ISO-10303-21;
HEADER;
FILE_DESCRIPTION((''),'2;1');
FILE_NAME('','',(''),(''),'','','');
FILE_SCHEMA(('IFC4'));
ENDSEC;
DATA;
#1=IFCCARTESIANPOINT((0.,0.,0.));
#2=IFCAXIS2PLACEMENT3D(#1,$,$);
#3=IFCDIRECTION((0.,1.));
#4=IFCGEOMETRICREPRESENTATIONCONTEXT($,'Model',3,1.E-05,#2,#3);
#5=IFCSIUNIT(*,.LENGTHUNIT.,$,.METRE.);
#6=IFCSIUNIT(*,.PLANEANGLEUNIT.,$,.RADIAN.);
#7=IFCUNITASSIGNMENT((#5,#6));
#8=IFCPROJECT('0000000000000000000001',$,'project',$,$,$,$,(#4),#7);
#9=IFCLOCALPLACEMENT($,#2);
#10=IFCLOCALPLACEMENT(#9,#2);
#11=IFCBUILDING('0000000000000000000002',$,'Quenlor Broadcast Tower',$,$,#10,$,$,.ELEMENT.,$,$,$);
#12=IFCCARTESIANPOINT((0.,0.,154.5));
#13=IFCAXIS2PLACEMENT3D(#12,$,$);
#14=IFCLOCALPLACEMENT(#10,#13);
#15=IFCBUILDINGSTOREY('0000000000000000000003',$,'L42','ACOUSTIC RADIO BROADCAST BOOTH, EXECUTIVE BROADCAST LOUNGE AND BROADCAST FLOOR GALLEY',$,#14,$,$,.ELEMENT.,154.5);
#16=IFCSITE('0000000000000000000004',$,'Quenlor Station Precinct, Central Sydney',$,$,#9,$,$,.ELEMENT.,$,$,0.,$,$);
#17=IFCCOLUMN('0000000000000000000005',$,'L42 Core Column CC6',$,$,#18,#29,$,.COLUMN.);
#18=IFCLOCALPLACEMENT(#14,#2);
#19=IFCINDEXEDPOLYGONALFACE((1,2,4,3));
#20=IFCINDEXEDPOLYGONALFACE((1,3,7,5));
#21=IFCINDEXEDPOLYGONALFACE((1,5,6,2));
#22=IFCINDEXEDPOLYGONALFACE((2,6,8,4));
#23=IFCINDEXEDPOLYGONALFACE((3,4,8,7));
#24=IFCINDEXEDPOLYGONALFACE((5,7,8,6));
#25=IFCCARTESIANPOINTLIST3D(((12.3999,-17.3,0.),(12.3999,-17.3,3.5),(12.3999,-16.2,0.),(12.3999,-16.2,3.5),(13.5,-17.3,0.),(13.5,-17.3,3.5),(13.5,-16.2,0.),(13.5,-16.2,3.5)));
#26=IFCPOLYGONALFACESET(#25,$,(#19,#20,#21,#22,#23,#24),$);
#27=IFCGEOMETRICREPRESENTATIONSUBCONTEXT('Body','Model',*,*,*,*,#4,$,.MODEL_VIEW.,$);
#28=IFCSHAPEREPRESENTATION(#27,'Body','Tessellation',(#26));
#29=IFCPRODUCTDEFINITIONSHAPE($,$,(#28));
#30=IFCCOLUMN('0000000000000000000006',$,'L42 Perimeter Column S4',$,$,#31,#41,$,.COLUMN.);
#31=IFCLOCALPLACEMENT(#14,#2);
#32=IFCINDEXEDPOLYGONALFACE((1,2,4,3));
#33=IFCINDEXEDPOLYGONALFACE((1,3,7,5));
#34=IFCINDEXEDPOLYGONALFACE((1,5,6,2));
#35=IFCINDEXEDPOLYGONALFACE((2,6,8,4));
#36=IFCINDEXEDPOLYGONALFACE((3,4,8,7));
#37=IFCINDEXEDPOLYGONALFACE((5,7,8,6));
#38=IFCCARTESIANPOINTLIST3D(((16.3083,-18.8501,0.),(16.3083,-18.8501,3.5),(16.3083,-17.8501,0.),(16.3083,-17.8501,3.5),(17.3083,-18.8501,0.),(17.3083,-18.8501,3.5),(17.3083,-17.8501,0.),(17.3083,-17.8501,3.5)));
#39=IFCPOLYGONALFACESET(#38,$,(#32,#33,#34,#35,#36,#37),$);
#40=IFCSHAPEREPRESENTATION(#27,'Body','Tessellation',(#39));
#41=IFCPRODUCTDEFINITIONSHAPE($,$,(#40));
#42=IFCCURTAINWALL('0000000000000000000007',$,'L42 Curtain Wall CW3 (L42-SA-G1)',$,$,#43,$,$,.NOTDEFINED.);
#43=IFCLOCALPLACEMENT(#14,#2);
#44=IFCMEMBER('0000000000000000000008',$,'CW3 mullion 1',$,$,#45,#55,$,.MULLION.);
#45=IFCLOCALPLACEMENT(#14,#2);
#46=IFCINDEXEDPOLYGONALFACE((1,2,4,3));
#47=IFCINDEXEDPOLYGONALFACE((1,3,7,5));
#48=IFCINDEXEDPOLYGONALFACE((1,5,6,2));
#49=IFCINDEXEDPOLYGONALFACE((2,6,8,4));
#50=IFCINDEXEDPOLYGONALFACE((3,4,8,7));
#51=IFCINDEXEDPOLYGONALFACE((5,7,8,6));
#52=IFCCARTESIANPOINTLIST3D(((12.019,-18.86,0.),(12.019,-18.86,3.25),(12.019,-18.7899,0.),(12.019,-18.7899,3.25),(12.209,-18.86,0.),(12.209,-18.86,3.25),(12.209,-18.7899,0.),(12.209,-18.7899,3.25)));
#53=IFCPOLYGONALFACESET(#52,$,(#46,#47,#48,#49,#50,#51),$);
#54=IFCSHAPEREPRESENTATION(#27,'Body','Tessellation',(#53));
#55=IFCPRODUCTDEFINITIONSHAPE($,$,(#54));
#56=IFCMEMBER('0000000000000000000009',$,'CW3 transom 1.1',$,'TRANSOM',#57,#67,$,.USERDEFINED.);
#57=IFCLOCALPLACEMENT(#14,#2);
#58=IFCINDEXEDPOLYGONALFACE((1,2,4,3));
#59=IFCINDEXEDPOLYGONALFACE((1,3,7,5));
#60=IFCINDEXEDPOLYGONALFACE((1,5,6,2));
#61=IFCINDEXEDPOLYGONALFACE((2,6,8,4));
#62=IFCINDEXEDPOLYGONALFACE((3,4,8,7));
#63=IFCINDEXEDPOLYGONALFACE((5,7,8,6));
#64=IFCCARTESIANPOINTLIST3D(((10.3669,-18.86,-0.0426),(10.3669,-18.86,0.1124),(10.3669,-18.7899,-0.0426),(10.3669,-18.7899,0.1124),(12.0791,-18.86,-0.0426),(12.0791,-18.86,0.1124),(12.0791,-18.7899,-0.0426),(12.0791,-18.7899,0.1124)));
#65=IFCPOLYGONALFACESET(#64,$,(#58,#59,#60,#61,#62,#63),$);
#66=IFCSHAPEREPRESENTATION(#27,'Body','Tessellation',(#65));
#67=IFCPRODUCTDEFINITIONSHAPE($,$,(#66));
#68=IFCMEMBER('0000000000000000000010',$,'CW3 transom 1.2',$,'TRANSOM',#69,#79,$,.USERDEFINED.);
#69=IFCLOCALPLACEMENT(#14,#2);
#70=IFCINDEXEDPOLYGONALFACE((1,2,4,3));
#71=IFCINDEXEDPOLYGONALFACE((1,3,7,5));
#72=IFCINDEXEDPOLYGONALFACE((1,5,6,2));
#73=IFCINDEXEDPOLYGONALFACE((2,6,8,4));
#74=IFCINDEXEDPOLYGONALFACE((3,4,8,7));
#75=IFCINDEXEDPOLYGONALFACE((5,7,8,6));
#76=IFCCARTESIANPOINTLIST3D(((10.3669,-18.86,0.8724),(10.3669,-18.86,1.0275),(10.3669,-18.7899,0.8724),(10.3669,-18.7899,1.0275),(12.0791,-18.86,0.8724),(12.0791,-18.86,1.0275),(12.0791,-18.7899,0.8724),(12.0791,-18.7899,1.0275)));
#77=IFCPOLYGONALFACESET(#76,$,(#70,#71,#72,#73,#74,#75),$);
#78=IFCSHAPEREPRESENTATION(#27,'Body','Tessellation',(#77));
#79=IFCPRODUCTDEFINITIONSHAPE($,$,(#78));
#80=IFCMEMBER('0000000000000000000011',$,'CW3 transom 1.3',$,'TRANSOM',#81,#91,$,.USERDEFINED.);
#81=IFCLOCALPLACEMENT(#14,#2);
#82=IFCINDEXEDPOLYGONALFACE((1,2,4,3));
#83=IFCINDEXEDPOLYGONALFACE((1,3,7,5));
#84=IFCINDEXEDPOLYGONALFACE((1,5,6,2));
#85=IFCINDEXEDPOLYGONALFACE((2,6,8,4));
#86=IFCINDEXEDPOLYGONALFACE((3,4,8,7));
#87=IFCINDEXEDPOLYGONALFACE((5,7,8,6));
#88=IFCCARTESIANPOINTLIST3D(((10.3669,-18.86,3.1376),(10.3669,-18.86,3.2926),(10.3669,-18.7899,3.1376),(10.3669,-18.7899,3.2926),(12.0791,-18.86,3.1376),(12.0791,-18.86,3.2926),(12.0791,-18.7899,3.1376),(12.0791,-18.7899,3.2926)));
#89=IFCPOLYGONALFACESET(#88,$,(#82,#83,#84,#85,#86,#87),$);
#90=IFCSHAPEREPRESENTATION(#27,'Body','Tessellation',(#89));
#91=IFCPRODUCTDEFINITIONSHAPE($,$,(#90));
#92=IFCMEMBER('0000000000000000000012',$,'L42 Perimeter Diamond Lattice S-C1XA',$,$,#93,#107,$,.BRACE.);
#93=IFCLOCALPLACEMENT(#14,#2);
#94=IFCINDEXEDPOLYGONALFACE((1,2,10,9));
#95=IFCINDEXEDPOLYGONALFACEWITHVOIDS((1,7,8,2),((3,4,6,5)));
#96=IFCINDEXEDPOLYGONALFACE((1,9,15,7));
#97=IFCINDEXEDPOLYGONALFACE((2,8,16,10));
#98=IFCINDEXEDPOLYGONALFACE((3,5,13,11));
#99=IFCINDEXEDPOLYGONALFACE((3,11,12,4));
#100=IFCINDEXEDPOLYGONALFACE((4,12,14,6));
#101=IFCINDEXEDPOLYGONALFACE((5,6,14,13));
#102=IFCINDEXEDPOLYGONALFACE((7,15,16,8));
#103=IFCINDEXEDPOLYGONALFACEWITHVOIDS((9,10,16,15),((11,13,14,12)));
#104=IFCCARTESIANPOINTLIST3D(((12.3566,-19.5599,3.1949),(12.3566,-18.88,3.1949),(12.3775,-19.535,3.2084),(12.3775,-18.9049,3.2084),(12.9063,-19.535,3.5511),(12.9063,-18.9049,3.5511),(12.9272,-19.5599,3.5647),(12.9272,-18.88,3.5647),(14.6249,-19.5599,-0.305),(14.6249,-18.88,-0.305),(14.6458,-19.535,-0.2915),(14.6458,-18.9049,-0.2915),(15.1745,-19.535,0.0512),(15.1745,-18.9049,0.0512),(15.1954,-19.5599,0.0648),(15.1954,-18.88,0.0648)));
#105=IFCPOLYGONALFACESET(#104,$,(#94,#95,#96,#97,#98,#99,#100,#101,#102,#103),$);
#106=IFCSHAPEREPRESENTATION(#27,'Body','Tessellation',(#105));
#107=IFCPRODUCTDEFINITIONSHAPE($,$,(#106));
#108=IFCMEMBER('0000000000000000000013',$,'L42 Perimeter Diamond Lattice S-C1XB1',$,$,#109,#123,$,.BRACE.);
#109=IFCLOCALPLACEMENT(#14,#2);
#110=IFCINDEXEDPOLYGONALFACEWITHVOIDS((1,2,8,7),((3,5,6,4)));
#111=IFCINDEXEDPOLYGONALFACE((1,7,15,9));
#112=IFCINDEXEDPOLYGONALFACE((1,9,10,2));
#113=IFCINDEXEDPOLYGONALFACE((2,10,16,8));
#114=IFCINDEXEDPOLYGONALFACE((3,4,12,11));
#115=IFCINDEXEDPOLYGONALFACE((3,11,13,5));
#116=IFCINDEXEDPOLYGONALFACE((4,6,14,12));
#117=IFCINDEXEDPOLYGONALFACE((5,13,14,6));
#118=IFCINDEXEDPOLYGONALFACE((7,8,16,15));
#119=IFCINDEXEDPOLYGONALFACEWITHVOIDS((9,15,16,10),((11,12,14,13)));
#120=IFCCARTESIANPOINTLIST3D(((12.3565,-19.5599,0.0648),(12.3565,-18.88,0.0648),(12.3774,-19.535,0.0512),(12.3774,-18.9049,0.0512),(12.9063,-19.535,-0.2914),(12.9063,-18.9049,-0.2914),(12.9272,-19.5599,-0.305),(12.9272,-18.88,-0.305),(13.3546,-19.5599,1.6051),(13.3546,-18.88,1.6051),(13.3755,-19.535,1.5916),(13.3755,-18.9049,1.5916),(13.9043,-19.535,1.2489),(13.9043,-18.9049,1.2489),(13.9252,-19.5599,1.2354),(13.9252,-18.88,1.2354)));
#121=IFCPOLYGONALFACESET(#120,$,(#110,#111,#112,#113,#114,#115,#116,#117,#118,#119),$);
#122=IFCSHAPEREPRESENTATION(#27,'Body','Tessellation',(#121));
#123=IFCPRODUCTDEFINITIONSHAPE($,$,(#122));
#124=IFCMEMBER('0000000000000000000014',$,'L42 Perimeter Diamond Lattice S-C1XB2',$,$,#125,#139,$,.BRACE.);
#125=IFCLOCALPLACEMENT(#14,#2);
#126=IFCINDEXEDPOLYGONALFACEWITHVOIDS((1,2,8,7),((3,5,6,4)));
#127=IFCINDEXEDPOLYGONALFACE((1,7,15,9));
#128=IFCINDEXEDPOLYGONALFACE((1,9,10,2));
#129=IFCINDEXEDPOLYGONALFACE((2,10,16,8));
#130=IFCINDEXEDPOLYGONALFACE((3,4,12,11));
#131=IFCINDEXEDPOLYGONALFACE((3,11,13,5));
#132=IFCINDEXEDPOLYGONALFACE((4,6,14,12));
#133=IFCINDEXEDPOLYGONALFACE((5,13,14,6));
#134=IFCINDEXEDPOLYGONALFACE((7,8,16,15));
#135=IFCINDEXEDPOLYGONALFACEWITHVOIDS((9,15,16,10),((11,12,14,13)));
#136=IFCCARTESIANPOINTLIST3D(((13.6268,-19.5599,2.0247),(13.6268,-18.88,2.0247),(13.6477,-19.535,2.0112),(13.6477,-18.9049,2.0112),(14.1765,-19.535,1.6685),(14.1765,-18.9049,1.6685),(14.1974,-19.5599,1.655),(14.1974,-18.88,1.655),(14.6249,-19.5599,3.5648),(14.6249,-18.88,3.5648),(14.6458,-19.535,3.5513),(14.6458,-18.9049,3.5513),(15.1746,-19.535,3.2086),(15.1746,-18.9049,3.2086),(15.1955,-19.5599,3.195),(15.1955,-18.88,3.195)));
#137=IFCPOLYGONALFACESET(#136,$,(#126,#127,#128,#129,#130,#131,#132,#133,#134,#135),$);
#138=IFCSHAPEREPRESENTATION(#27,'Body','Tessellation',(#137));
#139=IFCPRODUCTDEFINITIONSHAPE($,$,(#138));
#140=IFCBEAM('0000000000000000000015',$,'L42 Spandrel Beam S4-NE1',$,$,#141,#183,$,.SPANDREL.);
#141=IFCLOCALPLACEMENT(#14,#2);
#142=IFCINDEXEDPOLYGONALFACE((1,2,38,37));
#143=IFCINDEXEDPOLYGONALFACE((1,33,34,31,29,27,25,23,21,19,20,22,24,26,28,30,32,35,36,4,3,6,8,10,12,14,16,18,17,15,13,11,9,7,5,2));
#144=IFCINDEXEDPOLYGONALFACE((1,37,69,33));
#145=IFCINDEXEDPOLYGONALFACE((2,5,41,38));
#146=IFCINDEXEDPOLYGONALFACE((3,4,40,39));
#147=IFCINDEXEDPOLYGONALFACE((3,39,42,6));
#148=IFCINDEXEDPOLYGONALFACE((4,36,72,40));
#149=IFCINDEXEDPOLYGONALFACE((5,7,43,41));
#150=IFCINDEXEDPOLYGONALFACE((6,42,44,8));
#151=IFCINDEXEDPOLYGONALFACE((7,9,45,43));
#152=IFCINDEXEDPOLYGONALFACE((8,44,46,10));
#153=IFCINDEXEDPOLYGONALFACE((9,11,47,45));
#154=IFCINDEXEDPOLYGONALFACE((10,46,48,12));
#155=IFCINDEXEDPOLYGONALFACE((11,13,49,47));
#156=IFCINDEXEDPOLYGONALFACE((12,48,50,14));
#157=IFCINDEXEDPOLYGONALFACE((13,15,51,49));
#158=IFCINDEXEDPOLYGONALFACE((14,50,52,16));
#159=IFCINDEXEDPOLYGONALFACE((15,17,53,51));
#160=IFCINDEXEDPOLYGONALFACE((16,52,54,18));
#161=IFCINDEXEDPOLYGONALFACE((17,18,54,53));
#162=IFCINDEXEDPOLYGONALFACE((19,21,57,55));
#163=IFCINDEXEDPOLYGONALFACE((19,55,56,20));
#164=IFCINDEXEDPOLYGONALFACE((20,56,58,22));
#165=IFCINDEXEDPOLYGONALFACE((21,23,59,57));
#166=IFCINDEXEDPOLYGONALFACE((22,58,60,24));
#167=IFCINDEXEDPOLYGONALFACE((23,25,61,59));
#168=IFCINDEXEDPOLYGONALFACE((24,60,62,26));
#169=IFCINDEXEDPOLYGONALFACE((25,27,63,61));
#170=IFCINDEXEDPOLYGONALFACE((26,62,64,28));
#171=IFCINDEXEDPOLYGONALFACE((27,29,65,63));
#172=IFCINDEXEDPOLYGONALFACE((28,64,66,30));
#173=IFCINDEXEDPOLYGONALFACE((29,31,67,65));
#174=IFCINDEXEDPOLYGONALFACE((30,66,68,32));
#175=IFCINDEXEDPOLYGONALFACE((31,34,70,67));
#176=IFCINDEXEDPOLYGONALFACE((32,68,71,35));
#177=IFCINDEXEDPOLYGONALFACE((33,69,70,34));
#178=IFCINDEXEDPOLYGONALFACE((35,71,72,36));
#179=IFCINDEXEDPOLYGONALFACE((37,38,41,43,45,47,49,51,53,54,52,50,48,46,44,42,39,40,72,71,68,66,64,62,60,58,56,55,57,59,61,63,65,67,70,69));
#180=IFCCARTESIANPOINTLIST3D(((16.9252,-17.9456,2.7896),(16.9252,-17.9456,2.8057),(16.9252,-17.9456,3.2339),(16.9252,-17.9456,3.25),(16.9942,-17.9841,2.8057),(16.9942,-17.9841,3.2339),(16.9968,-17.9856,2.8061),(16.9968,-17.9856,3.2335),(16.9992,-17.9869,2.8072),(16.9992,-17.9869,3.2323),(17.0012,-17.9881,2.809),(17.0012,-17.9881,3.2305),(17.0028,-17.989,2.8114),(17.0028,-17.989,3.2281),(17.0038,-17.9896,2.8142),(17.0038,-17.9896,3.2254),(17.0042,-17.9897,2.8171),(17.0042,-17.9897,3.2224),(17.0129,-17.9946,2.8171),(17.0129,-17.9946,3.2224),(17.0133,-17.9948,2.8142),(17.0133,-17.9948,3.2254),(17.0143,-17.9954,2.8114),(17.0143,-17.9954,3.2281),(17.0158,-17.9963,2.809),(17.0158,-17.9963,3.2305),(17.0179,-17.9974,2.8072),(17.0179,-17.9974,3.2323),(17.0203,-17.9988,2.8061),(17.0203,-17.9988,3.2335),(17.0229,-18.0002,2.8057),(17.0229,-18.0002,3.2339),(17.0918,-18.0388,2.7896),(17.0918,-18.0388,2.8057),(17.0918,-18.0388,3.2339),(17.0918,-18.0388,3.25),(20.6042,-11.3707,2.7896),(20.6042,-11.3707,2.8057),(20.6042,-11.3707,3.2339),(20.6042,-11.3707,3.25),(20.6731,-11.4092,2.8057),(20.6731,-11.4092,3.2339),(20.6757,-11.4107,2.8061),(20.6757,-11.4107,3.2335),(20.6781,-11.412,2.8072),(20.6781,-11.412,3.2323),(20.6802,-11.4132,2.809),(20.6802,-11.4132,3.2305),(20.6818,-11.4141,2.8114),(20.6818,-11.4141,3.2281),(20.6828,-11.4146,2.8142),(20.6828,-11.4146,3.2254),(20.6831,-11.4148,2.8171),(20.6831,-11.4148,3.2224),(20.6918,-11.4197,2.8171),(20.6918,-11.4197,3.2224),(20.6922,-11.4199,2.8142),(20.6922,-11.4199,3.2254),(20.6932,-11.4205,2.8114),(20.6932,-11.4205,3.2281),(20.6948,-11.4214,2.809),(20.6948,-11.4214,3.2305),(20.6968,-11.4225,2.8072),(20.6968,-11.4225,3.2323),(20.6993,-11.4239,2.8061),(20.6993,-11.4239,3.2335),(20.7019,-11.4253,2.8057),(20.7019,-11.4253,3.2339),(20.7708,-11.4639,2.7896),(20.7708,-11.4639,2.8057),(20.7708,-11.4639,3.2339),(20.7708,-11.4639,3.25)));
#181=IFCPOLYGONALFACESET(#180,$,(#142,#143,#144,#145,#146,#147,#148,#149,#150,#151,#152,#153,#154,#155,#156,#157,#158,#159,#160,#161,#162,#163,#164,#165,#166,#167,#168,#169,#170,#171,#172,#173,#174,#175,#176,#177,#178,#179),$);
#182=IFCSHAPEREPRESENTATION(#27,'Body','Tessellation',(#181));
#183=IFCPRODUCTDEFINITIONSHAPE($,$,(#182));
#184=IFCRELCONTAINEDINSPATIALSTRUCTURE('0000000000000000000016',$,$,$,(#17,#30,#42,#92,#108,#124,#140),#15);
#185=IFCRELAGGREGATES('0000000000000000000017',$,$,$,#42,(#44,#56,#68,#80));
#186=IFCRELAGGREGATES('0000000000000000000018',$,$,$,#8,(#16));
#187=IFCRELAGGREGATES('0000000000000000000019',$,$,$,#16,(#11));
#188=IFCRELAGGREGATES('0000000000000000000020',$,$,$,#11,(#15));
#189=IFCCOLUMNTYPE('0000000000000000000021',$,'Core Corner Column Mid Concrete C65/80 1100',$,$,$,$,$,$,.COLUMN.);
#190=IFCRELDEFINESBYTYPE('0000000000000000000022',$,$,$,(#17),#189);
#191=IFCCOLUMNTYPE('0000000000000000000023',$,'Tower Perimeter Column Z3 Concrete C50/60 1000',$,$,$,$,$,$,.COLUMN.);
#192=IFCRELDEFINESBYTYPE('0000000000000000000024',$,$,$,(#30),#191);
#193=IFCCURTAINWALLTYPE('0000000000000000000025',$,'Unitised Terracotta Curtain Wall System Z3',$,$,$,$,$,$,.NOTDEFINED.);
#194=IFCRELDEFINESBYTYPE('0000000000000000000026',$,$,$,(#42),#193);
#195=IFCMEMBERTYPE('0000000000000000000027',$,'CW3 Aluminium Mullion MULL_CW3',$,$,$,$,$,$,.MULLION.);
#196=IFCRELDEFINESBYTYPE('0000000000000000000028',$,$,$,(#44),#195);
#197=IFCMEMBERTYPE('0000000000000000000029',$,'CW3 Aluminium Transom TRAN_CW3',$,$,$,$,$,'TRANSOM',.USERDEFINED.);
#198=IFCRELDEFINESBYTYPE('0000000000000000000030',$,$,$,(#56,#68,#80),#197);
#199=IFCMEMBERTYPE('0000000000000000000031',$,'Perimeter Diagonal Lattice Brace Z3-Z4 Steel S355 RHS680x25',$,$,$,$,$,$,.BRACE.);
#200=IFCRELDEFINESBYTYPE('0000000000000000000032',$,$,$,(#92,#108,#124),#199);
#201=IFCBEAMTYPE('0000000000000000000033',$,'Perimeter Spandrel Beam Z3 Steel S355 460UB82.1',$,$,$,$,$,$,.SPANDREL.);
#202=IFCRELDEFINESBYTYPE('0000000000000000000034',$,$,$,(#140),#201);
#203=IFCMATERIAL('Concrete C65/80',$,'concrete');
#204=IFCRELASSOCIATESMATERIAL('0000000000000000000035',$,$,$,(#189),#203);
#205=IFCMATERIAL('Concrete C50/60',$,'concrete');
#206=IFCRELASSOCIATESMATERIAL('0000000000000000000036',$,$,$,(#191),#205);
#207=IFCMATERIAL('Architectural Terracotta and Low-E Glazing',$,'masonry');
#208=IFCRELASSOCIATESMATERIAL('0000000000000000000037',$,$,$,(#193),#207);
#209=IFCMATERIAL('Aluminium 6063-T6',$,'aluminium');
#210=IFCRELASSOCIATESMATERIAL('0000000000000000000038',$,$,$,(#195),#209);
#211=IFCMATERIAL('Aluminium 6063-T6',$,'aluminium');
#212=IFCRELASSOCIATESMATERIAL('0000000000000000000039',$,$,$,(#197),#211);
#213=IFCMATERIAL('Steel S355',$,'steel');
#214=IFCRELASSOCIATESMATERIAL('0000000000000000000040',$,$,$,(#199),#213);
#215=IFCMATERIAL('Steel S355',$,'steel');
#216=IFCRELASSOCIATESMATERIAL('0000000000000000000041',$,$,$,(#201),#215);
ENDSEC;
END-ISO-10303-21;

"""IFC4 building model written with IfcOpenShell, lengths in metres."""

from ifc_helpers import new_model, si_unit, direction, frame, origin, origin_2d, place, context, subcontext, project, spatial, rectangle, hollow_rectangle, i_section, extrude, material, material_profile, profile_set, type_object, element, aggregate, save


model = new_model("IFC4")

# Units and contexts
model_context = context("Model", 3, precision=1e-05, world=origin(), true_north=direction((0.0, 1.0)))
body_context = subcontext(model_context, "Body", "Model", "MODEL_VIEW")
ifc_project = project(units=[si_unit("LENGTHUNIT", "METRE"), si_unit("PLANEANGLEUNIT", "RADIAN")], contexts=[model_context])

# Site, building, storey
site_placement = place(None, origin())
site = spatial("IfcSite", under=ifc_project, at=site_placement, Name="Quenlor Station Precinct, Central Sydney", CompositionType="ELEMENT", RefElevation=0.0)
building_placement = place(site_placement, origin())
building = spatial("IfcBuilding", under=site, at=building_placement, Name="Quenlor Broadcast Tower", CompositionType="ELEMENT")
storey_placement = place(building_placement, frame((0.0, 0.0, 154.5)))
storey = spatial("IfcBuildingStorey", under=building, at=storey_placement, Name="L42", Description="ACOUSTIC RADIO BROADCAST BOOTH, EXECUTIVE BROADCAST LOUNGE AND BROADCAST FLOOR GALLEY", CompositionType="ELEMENT", Elevation=154.5)

# Columns
ifc_material_1 = material(Name="Concrete C65/80", Category="concrete")
ifc_material_profile_1 = material_profile(ifc_material_1, rectangle(XDim=1.1001, YDim=1.1001, at=origin_2d()))
ifc_profile_set_1 = profile_set([ifc_material_profile_1], Name="Concrete C65/80 RC1100x1100")
column_type_1 = type_object("IfcColumnType", Name="Core Corner Column Mid Concrete C65/80 1100", PredefinedType="COLUMN", material=ifc_profile_set_1)
column_1_placement = place(storey_placement, frame((12.95, -16.75, 0.0), z_axis=(0.0, 0.0, 1.0), x_axis=(1.0, 0.0, 0.0)))
element("IfcColumn", 1, at=column_1_placement, inside=storey, type_object=column_type_1, Name="L42 Core Column CC6", PredefinedType="COLUMN", context=body_context, shape_type="SweptSolid", body=[
    extrude(rectangle(XDim=1.1001, YDim=1.1001, at=origin_2d()), origin(), (0.0, 0.0, 1.0), 3.5),
])
ifc_material_2 = material(Name="Concrete C50/60", Category="concrete")
ifc_material_profile_2 = material_profile(ifc_material_2, rectangle(XDim=1.0, YDim=1.0, at=origin_2d()))
ifc_profile_set_2 = profile_set([ifc_material_profile_2], Name="Concrete C50/60 RC1000x1000")
column_type_2 = type_object("IfcColumnType", Name="Tower Perimeter Column Z3 Concrete C50/60 1000", PredefinedType="COLUMN", material=ifc_profile_set_2)
column_2_placement = place(storey_placement, frame((16.8083, -18.3501, 0.0), z_axis=(0.0, 0.0, 1.0), x_axis=(0.0, 1.0, 0.0)))
element("IfcColumn", 2, at=column_2_placement, inside=storey, type_object=column_type_2, Name="L42 Perimeter Column S4", PredefinedType="COLUMN", context=body_context, shape_type="SweptSolid", body=[
    extrude(rectangle(XDim=1.0, YDim=1.0, at=origin_2d()), origin(), (0.0, 0.0, 1.0), 3.5),
])

# Curtain wall, members
ifc_material_3 = material(Name="Architectural Terracotta and Low-E Glazing", Category="masonry")
curtain_wall_type = type_object("IfcCurtainWallType", Name="Unitised Terracotta Curtain Wall System Z3", PredefinedType="NOTDEFINED", material=ifc_material_3)
curtain_wall_placement = place(storey_placement, origin())
curtain_wall = element("IfcCurtainWall", 3, at=curtain_wall_placement, inside=storey, type_object=curtain_wall_type, Name="L42 Curtain Wall CW3 (L42-SA-G1)", PredefinedType="NOTDEFINED")
ifc_material_4 = material(Name="Aluminium 6063-T6", Category="aluminium")
ifc_material_profile_3 = material_profile(ifc_material_4, rectangle(XDim=0.0701, YDim=0.1899, at=origin_2d()))
ifc_profile_set_3 = profile_set([ifc_material_profile_3], Name="Aluminium 6063-T6 MULL70x190")
member_type_1 = type_object("IfcMemberType", Name="CW3 Aluminium Mullion MULL_CW3", PredefinedType="MULLION", material=ifc_profile_set_3)
member_1_placement = place(storey_placement, frame((12.114, -18.825, 0.0), z_axis=(0.0, 0.0, 1.0), x_axis=(0.0, -1.0, 0.0)))
member_1 = element("IfcMember", 4, at=member_1_placement, type_object=member_type_1, Name="CW3 mullion 1", PredefinedType="MULLION", context=body_context, shape_type="SweptSolid", body=[
    extrude(rectangle(XDim=0.0701, YDim=0.1899, at=origin_2d()), origin(), (0.0, 0.0, 1.0), 3.25),
])
ifc_material_5 = material(Name="Aluminium 6063-T6", Category="aluminium")
ifc_material_profile_4 = material_profile(ifc_material_5, rectangle(XDim=0.0701, YDim=0.155, at=origin_2d()))
ifc_profile_set_4 = profile_set([ifc_material_profile_4], Name="Aluminium 6063-T6 TRAN70x155")
member_type_2 = type_object("IfcMemberType", Name="CW3 Aluminium Transom TRAN_CW3", ElementType="TRANSOM", PredefinedType="USERDEFINED", material=ifc_profile_set_4)
member_2_placement = place(storey_placement, frame((12.0791, -18.825, 0.0349), z_axis=(-1.0, 0.0, 0.0), x_axis=(0.0, -1.0, 0.0)))
member_2 = element("IfcMember", 5, at=member_2_placement, type_object=member_type_2, Name="CW3 transom 1.1", ObjectType="TRANSOM", PredefinedType="USERDEFINED", context=body_context, shape_type="SweptSolid", body=[
    extrude(rectangle(XDim=0.0701, YDim=0.155, at=origin_2d()), origin(), (0.0, 0.0, 1.0), 1.7122),
])
member_3_placement = place(storey_placement, frame((12.0791, -18.825, 0.95), z_axis=(-1.0, 0.0, 0.0), x_axis=(0.0, -1.0, 0.0)))
member_3 = element("IfcMember", 6, at=member_3_placement, type_object=member_type_2, Name="CW3 transom 1.2", ObjectType="TRANSOM", PredefinedType="USERDEFINED", context=body_context, shape_type="SweptSolid", body=[
    extrude(rectangle(XDim=0.0701, YDim=0.155, at=origin_2d()), origin(), (0.0, 0.0, 1.0), 1.7122),
])
member_4_placement = place(storey_placement, frame((12.0791, -18.825, 3.2151), z_axis=(-1.0, 0.0, 0.0), x_axis=(0.0, -1.0, 0.0)))
member_4 = element("IfcMember", 7, at=member_4_placement, type_object=member_type_2, Name="CW3 transom 1.3", ObjectType="TRANSOM", PredefinedType="USERDEFINED", context=body_context, shape_type="SweptSolid", body=[
    extrude(rectangle(XDim=0.0701, YDim=0.155, at=origin_2d()), origin(), (0.0, 0.0, 1.0), 1.7122),
])
aggregate(curtain_wall, [member_1, member_2, member_3, member_4])

# Members
ifc_material_6 = material(Name="Steel S355", Category="steel")
ifc_material_profile_5 = material_profile(ifc_material_6, hollow_rectangle(XDim=0.6799, YDim=0.6799, WallThickness=0.0249, at=origin_2d()))
ifc_profile_set_5 = profile_set([ifc_material_profile_5], Name="Steel S355 RHS680x680x25")
member_type_3 = type_object("IfcMemberType", Name="Perimeter Diagonal Lattice Brace Z3-Z4 Steel S355 RHS680x25", PredefinedType="BRACE", material=ifc_profile_set_5)
member_5_placement = place(storey_placement, frame((14.9102, -19.22, -0.1201), z_axis=(-0.54386, 0.0, 0.839176), x_axis=(0.0, -1.0, 0.0)))
element("IfcMember", 8, at=member_5_placement, inside=storey, type_object=member_type_3, Name="L42 Perimeter Diamond Lattice S-C1XA", PredefinedType="BRACE", context=body_context, shape_type="SweptSolid", body=[
    extrude(hollow_rectangle(XDim=0.6799, YDim=0.6799, WallThickness=0.0249, at=origin_2d()), origin(), (0.0, 0.0, 1.0), 4.1707),
])
member_6_placement = place(storey_placement, frame((12.6418, -19.22, -0.1201), z_axis=(0.543786, 0.0, 0.839224), x_axis=(0.0, 1.0, 0.0)))
element("IfcMember", 9, at=member_6_placement, inside=storey, type_object=member_type_3, Name="L42 Perimeter Diamond Lattice S-C1XB1", PredefinedType="BRACE", context=body_context, shape_type="SweptSolid", body=[
    extrude(hollow_rectangle(XDim=0.6799, YDim=0.6799, WallThickness=0.0249, at=origin_2d()), origin(), (0.0, 0.0, 1.0), 1.8354),
])
member_7_placement = place(storey_placement, frame((13.9121, -19.22, 1.8398), z_axis=(0.543847, 0.0, 0.839184), x_axis=(0.0, 1.0, 0.0)))
element("IfcMember", 10, at=member_7_placement, inside=storey, type_object=member_type_3, Name="L42 Perimeter Diamond Lattice S-C1XB2", PredefinedType="BRACE", context=body_context, shape_type="SweptSolid", body=[
    extrude(hollow_rectangle(XDim=0.6799, YDim=0.6799, WallThickness=0.0249, at=origin_2d()), origin(), (0.0, 0.0, 1.0), 1.8352),
])

# Beam
ifc_material_7 = material(Name="Steel S355", Category="steel")
ifc_material_profile_6 = material_profile(ifc_material_7, i_section(OverallWidth=0.1909, OverallDepth=0.4604, WebThickness=0.01, FlangeThickness=0.0161, FilletRadius=0.0115, at=origin_2d()))
ifc_profile_set_6 = profile_set([ifc_material_profile_6], Name="Steel S355 460UB82.1")
beam_type_1 = type_object("IfcBeamType", Name="Perimeter Spandrel Beam Z3 Steel S355 460UB82.1", PredefinedType="SPANDREL", material=ifc_profile_set_6)
beam_1_placement = place(storey_placement, frame((17.0085, -17.9922, 3.0198), z_axis=(0.488298, 0.872677, 0.0), x_axis=(-0.872677, 0.488298, 0.0)))
element("IfcBeam", 11, at=beam_1_placement, inside=storey, type_object=beam_type_1, Name="L42 Spandrel Beam S4-NE1", PredefinedType="SPANDREL", context=body_context, shape_type="SweptSolid", body=[
    extrude(i_section(OverallWidth=0.1909, OverallDepth=0.4604, WebThickness=0.01, FlangeThickness=0.0161, FilletRadius=0.0115, at=origin_2d()), origin(), (0.0, 0.0, 1.0), 7.5342),
])

save(model, "model.ifc")
